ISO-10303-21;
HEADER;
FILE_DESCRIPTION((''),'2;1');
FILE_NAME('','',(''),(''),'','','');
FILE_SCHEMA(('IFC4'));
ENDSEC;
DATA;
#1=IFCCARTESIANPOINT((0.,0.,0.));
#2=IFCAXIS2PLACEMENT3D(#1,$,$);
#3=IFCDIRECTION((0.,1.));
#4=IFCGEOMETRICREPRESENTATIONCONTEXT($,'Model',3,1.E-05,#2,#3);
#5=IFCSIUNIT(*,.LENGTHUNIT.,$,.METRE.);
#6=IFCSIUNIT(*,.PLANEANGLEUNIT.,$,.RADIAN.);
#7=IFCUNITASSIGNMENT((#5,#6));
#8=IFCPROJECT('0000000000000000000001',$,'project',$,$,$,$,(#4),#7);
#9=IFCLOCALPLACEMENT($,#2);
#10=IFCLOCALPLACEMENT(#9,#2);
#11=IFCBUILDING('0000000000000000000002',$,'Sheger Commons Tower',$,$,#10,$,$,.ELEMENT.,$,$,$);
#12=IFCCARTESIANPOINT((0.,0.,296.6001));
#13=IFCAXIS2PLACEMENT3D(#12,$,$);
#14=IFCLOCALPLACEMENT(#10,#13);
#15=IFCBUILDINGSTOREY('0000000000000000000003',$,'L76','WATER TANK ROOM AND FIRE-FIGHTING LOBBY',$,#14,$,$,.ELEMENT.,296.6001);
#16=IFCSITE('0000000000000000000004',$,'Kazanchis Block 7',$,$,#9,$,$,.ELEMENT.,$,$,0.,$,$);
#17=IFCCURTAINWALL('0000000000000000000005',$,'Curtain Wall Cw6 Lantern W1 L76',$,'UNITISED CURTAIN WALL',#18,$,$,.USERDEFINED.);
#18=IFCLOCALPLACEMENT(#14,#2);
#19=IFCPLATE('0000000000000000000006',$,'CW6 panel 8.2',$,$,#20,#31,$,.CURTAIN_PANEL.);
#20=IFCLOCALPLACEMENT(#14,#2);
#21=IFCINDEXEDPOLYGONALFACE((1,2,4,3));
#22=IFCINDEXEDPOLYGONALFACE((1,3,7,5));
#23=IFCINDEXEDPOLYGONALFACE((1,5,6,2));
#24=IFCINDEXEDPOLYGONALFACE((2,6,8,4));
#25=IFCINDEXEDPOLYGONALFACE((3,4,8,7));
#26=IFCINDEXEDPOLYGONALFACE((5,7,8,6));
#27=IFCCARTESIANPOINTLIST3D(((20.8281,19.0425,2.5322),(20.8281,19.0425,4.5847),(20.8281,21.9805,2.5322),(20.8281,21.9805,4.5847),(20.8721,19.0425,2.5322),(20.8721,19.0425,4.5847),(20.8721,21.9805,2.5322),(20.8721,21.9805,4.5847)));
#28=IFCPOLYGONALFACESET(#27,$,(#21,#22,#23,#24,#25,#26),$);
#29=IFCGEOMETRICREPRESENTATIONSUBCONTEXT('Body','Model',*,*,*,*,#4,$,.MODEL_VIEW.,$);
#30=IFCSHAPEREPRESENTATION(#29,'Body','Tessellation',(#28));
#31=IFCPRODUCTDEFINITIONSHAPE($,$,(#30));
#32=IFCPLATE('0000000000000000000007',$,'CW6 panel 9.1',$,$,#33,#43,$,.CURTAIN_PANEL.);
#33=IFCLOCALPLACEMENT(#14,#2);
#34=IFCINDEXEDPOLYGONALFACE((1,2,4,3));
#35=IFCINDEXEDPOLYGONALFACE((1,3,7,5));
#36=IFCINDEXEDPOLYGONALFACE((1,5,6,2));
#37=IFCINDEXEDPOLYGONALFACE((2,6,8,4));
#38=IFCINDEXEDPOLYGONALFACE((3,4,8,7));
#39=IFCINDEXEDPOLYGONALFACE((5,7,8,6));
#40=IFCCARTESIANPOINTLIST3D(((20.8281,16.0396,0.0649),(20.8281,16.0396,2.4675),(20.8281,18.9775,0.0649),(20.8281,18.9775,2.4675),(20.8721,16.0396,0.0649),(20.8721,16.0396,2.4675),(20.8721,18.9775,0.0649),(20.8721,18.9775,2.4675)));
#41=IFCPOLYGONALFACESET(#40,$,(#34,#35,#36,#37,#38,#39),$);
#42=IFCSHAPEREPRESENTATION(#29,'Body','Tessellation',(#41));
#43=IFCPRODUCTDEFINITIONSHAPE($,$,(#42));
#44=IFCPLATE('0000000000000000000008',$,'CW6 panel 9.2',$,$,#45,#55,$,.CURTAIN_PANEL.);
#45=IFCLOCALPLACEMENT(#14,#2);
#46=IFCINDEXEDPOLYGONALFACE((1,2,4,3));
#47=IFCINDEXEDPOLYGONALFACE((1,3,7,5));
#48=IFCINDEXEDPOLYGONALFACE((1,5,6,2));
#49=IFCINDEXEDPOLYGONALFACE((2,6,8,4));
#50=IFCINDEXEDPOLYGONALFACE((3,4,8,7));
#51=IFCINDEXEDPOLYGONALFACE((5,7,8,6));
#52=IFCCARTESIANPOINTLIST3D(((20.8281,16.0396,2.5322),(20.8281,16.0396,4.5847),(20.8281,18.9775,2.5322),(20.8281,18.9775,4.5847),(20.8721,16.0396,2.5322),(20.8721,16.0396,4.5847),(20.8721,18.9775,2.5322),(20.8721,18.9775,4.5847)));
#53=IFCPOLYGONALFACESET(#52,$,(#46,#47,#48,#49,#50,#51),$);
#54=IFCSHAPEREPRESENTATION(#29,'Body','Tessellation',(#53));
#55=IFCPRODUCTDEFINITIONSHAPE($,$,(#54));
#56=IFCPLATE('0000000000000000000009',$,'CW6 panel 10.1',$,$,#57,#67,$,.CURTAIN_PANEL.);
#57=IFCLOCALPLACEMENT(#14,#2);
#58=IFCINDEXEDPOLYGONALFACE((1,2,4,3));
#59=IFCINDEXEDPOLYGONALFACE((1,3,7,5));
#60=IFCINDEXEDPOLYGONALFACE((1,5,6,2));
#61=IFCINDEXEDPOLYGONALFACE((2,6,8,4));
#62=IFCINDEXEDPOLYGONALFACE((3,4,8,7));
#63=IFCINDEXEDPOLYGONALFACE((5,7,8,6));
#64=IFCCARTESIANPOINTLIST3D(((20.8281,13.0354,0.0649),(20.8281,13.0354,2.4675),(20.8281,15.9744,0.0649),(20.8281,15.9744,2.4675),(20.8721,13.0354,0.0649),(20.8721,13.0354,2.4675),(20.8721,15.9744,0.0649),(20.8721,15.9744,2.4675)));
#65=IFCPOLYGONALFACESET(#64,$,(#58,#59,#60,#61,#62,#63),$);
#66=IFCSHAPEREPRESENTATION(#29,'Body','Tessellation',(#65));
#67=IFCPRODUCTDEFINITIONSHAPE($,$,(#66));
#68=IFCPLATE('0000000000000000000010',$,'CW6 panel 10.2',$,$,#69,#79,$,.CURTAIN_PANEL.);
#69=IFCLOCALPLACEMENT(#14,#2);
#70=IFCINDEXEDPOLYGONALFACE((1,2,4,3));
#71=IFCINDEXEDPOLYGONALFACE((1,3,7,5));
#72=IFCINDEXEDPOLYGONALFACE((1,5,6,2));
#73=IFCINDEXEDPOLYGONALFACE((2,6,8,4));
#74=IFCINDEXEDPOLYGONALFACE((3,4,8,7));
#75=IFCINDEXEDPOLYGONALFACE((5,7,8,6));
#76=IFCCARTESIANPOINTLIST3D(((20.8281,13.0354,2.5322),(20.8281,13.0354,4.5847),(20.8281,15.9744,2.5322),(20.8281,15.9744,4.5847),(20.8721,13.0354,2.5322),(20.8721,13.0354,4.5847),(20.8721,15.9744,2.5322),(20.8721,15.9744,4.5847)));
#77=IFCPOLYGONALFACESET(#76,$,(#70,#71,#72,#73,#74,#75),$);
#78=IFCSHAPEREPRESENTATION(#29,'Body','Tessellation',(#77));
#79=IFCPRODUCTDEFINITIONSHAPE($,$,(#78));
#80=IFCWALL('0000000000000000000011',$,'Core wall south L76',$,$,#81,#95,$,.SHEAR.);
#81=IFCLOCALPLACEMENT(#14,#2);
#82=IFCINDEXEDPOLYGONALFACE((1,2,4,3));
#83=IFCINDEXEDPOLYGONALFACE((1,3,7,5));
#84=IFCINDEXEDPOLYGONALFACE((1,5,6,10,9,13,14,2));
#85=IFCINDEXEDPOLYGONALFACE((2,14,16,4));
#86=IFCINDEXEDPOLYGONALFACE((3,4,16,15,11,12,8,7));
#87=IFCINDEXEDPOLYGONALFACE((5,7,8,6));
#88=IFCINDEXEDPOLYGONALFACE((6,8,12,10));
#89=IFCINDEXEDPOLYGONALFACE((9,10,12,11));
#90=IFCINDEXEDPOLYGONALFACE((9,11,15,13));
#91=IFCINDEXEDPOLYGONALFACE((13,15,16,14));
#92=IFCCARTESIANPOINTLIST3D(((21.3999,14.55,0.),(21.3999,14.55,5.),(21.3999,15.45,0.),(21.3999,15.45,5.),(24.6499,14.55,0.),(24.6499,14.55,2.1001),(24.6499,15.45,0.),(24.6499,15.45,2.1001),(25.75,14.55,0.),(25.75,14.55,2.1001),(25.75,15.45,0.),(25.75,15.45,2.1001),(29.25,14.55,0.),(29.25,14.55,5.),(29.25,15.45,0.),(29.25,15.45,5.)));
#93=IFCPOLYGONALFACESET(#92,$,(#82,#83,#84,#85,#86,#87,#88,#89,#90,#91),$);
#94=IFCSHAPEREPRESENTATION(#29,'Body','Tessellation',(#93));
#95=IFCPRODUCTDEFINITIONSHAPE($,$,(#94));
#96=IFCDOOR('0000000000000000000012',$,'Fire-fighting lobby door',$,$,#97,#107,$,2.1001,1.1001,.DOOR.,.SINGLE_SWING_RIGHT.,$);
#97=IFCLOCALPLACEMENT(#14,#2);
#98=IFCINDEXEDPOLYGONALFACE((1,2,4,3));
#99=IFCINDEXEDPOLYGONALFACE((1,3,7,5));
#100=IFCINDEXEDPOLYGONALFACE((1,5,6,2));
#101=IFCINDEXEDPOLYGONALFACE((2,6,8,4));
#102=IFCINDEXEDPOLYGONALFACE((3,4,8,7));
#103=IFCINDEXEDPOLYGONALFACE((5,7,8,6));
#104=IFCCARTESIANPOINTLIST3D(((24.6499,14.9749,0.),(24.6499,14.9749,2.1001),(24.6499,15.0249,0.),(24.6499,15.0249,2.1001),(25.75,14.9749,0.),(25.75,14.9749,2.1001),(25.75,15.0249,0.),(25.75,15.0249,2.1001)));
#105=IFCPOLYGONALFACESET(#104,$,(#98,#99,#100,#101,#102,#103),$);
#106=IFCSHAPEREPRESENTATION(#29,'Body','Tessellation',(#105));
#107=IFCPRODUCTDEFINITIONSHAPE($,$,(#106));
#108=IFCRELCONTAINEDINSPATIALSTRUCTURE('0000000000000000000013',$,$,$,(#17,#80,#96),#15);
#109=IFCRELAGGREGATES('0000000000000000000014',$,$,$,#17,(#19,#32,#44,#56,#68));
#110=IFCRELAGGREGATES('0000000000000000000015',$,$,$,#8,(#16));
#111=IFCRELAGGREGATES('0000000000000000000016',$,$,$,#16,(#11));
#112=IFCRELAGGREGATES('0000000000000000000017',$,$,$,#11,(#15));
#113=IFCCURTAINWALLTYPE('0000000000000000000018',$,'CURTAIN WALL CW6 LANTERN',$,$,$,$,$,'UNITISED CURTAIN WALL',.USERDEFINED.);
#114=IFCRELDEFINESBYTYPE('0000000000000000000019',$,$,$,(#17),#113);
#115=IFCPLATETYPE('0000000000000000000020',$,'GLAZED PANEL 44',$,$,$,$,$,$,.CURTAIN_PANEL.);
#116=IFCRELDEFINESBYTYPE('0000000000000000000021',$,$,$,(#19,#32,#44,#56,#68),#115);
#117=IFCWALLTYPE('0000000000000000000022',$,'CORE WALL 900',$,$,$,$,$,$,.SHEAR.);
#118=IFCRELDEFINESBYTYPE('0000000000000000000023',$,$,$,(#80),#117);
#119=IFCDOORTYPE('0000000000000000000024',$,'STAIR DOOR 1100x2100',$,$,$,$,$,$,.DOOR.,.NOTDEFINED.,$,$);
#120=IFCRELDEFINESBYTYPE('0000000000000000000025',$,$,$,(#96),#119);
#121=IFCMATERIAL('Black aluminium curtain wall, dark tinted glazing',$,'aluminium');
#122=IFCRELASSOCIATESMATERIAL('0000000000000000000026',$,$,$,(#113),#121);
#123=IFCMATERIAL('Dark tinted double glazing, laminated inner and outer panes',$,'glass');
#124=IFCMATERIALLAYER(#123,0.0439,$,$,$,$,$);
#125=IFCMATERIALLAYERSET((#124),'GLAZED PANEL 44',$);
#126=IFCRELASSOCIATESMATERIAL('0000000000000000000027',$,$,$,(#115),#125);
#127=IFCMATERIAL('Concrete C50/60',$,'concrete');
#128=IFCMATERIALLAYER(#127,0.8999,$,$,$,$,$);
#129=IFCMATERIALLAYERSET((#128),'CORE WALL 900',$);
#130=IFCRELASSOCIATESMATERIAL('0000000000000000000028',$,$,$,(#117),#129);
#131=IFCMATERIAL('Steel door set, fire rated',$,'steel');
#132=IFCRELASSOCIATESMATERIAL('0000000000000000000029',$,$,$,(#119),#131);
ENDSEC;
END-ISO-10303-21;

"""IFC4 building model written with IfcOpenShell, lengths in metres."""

from ifc_helpers import new_model, si_unit, direction, frame, frame_2d, origin, origin_2d, place, context, subcontext, project, spatial, rectangle, extrude, material, layer, layer_set, type_object, element, fill, aggregate, save


model = new_model("IFC4")

# Units and contexts
model_context = context("Model", 3, precision=1e-05, world=origin(), true_north=direction((0.0, 1.0)))
body_context = subcontext(model_context, "Body", "Model", "MODEL_VIEW")
ifc_project = project(units=[si_unit("LENGTHUNIT", "METRE"), si_unit("PLANEANGLEUNIT", "RADIAN")], contexts=[model_context])

# Site, building, storey
site_placement = place(None, origin())
site = spatial("IfcSite", under=ifc_project, at=site_placement, Name="Kazanchis Block 7", CompositionType="ELEMENT", RefElevation=0.0)
building_placement = place(site_placement, origin())
building = spatial("IfcBuilding", under=site, at=building_placement, Name="Sheger Commons Tower", CompositionType="ELEMENT")
storey_placement = place(building_placement, frame((0.0, 0.0, 296.6001)))
storey = spatial("IfcBuildingStorey", under=building, at=storey_placement, Name="L76", Description="WATER TANK ROOM AND FIRE-FIGHTING LOBBY", CompositionType="ELEMENT", Elevation=296.6001)

# Curtain wall, plates
ifc_material_1 = material(Name="Black aluminium curtain wall, dark tinted glazing", Category="aluminium")
curtain_wall_type = type_object("IfcCurtainWallType", Name="CURTAIN WALL CW6 LANTERN", ElementType="UNITISED CURTAIN WALL", PredefinedType="USERDEFINED", material=ifc_material_1)
curtain_wall_placement = place(storey_placement, origin())
curtain_wall = element("IfcCurtainWall", 1, at=curtain_wall_placement, inside=storey, type_object=curtain_wall_type, Name="Curtain Wall Cw6 Lantern W1 L76", ObjectType="UNITISED CURTAIN WALL", PredefinedType="USERDEFINED")
ifc_material_2 = material(Name="Dark tinted double glazing, laminated inner and outer panes", Category="glass")
ifc_layer_1 = layer(ifc_material_2, 0.0439)
ifc_layer_set_1 = layer_set([ifc_layer_1], Name="GLAZED PANEL 44")
plate_type = type_object("IfcPlateType", Name="GLAZED PANEL 44", PredefinedType="CURTAIN_PANEL", material=ifc_layer_set_1)
plate_1_placement = place(storey_placement, frame((20.8501, 20.5115, 2.5322), z_axis=(0.0, 0.0, 1.0), x_axis=(0.0, -1.0, 0.0)))
plate_1 = element("IfcPlate", 2, at=plate_1_placement, type_object=plate_type, Name="CW6 panel 8.2", PredefinedType="CURTAIN_PANEL", context=body_context, shape_type="SweptSolid", body=[
    extrude(rectangle(XDim=2.938, YDim=0.0439, at=origin_2d()), origin(), (0.0, 0.0, 1.0), 2.0525),
])
plate_2_placement = place(storey_placement, frame((20.8501, 17.5085, 0.0649), z_axis=(0.0, 0.0, 1.0), x_axis=(0.0, -1.0, 0.0)))
plate_2 = element("IfcPlate", 3, at=plate_2_placement, type_object=plate_type, Name="CW6 panel 9.1", PredefinedType="CURTAIN_PANEL", context=body_context, shape_type="SweptSolid", body=[
    extrude(rectangle(XDim=2.938, YDim=0.0439, at=origin_2d()), origin(), (0.0, 0.0, 1.0), 2.4026),
])
plate_3_placement = place(storey_placement, frame((20.8501, 17.5085, 2.5322), z_axis=(0.0, 0.0, 1.0), x_axis=(0.0, -1.0, 0.0)))
plate_3 = element("IfcPlate", 4, at=plate_3_placement, type_object=plate_type, Name="CW6 panel 9.2", PredefinedType="CURTAIN_PANEL", context=body_context, shape_type="SweptSolid", body=[
    extrude(rectangle(XDim=2.938, YDim=0.0439, at=origin_2d()), origin(), (0.0, 0.0, 1.0), 2.0525),
])
plate_4_placement = place(storey_placement, frame((20.8501, 14.5049, 0.0649), z_axis=(0.0, 0.0, 1.0), x_axis=(0.0, -1.0, 0.0)))
plate_4 = element("IfcPlate", 5, at=plate_4_placement, type_object=plate_type, Name="CW6 panel 10.1", PredefinedType="CURTAIN_PANEL", context=body_context, shape_type="SweptSolid", body=[
    extrude(rectangle(XDim=2.939, YDim=0.0439, at=origin_2d()), origin(), (0.0, 0.0, 1.0), 2.4026),
])
plate_5_placement = place(storey_placement, frame((20.8501, 14.5049, 2.5322), z_axis=(0.0, 0.0, 1.0), x_axis=(0.0, -1.0, 0.0)))
plate_5 = element("IfcPlate", 6, at=plate_5_placement, type_object=plate_type, Name="CW6 panel 10.2", PredefinedType="CURTAIN_PANEL", context=body_context, shape_type="SweptSolid", body=[
    extrude(rectangle(XDim=2.939, YDim=0.0439, at=origin_2d()), origin(), (0.0, 0.0, 1.0), 2.0525),
])
aggregate(curtain_wall, [plate_1, plate_2, plate_3, plate_4, plate_5])

# Wall, opening, door
ifc_material_3 = material(Name="Concrete C50/60", Category="concrete")
ifc_layer_2 = layer(ifc_material_3, 0.8999)
ifc_layer_set_2 = layer_set([ifc_layer_2], Name="CORE WALL 900")
wall_type = type_object("IfcWallType", Name="CORE WALL 900", PredefinedType="SHEAR", material=ifc_layer_set_2)
wall_placement = place(storey_placement, frame((21.3999, 15.0, 0.0), z_axis=(0.0, 0.0, 1.0), x_axis=(1.0, 0.0, 0.0)))
wall = element("IfcWall", 7, at=wall_placement, inside=storey, type_object=wall_type, Name="Core wall south L76", PredefinedType="SHEAR", context=body_context, shape_type="SweptSolid", body=[
    extrude(rectangle(XDim=7.8501, YDim=0.8999, at=frame_2d((3.925, 0.0))), origin(), (0.0, 0.0, 1.0), 5.0),
])
opening_placement = place(wall_placement, frame((3.25, 0.0, 0.0)))
opening = element("IfcOpeningElement", 8, at=opening_placement, cuts=wall, PredefinedType="OPENING", context=body_context, shape_type="SweptSolid", body=[
    extrude(rectangle(XDim=1.1001, YDim=2.1001, at=frame_2d((0.55, 1.05))), frame((0.0, 0.46, 0.0), z_axis=(0.0, -1.0, 0.0), x_axis=(1.0, 0.0, 0.0)), (0.0, 0.0, 1.0), 0.9199),
])
ifc_material_4 = material(Name="Steel door set, fire rated", Category="steel")
door_type = type_object("IfcDoorType", Name="STAIR DOOR 1100x2100", OperationType="NOTDEFINED", PredefinedType="DOOR", material=ifc_material_4)
door_placement = place(opening_placement, origin())
door = element("IfcDoor", 9, at=door_placement, inside=storey, type_object=door_type, Name="Fire-fighting lobby door", OperationType="SINGLE_SWING_RIGHT", OverallHeight=2.1001, OverallWidth=1.1001, PredefinedType="DOOR", context=body_context, shape_type="SweptSolid", body=[
    extrude(rectangle(XDim=1.1001, YDim=2.1001, at=frame_2d((0.55, 1.05))), frame((0.0, 0.0249, 0.0), z_axis=(0.0, -1.0, 0.0), x_axis=(1.0, 0.0, 0.0)), (0.0, 0.0, 1.0), 0.05),
])
fill(opening, door)

save(model, "model.ifc")
